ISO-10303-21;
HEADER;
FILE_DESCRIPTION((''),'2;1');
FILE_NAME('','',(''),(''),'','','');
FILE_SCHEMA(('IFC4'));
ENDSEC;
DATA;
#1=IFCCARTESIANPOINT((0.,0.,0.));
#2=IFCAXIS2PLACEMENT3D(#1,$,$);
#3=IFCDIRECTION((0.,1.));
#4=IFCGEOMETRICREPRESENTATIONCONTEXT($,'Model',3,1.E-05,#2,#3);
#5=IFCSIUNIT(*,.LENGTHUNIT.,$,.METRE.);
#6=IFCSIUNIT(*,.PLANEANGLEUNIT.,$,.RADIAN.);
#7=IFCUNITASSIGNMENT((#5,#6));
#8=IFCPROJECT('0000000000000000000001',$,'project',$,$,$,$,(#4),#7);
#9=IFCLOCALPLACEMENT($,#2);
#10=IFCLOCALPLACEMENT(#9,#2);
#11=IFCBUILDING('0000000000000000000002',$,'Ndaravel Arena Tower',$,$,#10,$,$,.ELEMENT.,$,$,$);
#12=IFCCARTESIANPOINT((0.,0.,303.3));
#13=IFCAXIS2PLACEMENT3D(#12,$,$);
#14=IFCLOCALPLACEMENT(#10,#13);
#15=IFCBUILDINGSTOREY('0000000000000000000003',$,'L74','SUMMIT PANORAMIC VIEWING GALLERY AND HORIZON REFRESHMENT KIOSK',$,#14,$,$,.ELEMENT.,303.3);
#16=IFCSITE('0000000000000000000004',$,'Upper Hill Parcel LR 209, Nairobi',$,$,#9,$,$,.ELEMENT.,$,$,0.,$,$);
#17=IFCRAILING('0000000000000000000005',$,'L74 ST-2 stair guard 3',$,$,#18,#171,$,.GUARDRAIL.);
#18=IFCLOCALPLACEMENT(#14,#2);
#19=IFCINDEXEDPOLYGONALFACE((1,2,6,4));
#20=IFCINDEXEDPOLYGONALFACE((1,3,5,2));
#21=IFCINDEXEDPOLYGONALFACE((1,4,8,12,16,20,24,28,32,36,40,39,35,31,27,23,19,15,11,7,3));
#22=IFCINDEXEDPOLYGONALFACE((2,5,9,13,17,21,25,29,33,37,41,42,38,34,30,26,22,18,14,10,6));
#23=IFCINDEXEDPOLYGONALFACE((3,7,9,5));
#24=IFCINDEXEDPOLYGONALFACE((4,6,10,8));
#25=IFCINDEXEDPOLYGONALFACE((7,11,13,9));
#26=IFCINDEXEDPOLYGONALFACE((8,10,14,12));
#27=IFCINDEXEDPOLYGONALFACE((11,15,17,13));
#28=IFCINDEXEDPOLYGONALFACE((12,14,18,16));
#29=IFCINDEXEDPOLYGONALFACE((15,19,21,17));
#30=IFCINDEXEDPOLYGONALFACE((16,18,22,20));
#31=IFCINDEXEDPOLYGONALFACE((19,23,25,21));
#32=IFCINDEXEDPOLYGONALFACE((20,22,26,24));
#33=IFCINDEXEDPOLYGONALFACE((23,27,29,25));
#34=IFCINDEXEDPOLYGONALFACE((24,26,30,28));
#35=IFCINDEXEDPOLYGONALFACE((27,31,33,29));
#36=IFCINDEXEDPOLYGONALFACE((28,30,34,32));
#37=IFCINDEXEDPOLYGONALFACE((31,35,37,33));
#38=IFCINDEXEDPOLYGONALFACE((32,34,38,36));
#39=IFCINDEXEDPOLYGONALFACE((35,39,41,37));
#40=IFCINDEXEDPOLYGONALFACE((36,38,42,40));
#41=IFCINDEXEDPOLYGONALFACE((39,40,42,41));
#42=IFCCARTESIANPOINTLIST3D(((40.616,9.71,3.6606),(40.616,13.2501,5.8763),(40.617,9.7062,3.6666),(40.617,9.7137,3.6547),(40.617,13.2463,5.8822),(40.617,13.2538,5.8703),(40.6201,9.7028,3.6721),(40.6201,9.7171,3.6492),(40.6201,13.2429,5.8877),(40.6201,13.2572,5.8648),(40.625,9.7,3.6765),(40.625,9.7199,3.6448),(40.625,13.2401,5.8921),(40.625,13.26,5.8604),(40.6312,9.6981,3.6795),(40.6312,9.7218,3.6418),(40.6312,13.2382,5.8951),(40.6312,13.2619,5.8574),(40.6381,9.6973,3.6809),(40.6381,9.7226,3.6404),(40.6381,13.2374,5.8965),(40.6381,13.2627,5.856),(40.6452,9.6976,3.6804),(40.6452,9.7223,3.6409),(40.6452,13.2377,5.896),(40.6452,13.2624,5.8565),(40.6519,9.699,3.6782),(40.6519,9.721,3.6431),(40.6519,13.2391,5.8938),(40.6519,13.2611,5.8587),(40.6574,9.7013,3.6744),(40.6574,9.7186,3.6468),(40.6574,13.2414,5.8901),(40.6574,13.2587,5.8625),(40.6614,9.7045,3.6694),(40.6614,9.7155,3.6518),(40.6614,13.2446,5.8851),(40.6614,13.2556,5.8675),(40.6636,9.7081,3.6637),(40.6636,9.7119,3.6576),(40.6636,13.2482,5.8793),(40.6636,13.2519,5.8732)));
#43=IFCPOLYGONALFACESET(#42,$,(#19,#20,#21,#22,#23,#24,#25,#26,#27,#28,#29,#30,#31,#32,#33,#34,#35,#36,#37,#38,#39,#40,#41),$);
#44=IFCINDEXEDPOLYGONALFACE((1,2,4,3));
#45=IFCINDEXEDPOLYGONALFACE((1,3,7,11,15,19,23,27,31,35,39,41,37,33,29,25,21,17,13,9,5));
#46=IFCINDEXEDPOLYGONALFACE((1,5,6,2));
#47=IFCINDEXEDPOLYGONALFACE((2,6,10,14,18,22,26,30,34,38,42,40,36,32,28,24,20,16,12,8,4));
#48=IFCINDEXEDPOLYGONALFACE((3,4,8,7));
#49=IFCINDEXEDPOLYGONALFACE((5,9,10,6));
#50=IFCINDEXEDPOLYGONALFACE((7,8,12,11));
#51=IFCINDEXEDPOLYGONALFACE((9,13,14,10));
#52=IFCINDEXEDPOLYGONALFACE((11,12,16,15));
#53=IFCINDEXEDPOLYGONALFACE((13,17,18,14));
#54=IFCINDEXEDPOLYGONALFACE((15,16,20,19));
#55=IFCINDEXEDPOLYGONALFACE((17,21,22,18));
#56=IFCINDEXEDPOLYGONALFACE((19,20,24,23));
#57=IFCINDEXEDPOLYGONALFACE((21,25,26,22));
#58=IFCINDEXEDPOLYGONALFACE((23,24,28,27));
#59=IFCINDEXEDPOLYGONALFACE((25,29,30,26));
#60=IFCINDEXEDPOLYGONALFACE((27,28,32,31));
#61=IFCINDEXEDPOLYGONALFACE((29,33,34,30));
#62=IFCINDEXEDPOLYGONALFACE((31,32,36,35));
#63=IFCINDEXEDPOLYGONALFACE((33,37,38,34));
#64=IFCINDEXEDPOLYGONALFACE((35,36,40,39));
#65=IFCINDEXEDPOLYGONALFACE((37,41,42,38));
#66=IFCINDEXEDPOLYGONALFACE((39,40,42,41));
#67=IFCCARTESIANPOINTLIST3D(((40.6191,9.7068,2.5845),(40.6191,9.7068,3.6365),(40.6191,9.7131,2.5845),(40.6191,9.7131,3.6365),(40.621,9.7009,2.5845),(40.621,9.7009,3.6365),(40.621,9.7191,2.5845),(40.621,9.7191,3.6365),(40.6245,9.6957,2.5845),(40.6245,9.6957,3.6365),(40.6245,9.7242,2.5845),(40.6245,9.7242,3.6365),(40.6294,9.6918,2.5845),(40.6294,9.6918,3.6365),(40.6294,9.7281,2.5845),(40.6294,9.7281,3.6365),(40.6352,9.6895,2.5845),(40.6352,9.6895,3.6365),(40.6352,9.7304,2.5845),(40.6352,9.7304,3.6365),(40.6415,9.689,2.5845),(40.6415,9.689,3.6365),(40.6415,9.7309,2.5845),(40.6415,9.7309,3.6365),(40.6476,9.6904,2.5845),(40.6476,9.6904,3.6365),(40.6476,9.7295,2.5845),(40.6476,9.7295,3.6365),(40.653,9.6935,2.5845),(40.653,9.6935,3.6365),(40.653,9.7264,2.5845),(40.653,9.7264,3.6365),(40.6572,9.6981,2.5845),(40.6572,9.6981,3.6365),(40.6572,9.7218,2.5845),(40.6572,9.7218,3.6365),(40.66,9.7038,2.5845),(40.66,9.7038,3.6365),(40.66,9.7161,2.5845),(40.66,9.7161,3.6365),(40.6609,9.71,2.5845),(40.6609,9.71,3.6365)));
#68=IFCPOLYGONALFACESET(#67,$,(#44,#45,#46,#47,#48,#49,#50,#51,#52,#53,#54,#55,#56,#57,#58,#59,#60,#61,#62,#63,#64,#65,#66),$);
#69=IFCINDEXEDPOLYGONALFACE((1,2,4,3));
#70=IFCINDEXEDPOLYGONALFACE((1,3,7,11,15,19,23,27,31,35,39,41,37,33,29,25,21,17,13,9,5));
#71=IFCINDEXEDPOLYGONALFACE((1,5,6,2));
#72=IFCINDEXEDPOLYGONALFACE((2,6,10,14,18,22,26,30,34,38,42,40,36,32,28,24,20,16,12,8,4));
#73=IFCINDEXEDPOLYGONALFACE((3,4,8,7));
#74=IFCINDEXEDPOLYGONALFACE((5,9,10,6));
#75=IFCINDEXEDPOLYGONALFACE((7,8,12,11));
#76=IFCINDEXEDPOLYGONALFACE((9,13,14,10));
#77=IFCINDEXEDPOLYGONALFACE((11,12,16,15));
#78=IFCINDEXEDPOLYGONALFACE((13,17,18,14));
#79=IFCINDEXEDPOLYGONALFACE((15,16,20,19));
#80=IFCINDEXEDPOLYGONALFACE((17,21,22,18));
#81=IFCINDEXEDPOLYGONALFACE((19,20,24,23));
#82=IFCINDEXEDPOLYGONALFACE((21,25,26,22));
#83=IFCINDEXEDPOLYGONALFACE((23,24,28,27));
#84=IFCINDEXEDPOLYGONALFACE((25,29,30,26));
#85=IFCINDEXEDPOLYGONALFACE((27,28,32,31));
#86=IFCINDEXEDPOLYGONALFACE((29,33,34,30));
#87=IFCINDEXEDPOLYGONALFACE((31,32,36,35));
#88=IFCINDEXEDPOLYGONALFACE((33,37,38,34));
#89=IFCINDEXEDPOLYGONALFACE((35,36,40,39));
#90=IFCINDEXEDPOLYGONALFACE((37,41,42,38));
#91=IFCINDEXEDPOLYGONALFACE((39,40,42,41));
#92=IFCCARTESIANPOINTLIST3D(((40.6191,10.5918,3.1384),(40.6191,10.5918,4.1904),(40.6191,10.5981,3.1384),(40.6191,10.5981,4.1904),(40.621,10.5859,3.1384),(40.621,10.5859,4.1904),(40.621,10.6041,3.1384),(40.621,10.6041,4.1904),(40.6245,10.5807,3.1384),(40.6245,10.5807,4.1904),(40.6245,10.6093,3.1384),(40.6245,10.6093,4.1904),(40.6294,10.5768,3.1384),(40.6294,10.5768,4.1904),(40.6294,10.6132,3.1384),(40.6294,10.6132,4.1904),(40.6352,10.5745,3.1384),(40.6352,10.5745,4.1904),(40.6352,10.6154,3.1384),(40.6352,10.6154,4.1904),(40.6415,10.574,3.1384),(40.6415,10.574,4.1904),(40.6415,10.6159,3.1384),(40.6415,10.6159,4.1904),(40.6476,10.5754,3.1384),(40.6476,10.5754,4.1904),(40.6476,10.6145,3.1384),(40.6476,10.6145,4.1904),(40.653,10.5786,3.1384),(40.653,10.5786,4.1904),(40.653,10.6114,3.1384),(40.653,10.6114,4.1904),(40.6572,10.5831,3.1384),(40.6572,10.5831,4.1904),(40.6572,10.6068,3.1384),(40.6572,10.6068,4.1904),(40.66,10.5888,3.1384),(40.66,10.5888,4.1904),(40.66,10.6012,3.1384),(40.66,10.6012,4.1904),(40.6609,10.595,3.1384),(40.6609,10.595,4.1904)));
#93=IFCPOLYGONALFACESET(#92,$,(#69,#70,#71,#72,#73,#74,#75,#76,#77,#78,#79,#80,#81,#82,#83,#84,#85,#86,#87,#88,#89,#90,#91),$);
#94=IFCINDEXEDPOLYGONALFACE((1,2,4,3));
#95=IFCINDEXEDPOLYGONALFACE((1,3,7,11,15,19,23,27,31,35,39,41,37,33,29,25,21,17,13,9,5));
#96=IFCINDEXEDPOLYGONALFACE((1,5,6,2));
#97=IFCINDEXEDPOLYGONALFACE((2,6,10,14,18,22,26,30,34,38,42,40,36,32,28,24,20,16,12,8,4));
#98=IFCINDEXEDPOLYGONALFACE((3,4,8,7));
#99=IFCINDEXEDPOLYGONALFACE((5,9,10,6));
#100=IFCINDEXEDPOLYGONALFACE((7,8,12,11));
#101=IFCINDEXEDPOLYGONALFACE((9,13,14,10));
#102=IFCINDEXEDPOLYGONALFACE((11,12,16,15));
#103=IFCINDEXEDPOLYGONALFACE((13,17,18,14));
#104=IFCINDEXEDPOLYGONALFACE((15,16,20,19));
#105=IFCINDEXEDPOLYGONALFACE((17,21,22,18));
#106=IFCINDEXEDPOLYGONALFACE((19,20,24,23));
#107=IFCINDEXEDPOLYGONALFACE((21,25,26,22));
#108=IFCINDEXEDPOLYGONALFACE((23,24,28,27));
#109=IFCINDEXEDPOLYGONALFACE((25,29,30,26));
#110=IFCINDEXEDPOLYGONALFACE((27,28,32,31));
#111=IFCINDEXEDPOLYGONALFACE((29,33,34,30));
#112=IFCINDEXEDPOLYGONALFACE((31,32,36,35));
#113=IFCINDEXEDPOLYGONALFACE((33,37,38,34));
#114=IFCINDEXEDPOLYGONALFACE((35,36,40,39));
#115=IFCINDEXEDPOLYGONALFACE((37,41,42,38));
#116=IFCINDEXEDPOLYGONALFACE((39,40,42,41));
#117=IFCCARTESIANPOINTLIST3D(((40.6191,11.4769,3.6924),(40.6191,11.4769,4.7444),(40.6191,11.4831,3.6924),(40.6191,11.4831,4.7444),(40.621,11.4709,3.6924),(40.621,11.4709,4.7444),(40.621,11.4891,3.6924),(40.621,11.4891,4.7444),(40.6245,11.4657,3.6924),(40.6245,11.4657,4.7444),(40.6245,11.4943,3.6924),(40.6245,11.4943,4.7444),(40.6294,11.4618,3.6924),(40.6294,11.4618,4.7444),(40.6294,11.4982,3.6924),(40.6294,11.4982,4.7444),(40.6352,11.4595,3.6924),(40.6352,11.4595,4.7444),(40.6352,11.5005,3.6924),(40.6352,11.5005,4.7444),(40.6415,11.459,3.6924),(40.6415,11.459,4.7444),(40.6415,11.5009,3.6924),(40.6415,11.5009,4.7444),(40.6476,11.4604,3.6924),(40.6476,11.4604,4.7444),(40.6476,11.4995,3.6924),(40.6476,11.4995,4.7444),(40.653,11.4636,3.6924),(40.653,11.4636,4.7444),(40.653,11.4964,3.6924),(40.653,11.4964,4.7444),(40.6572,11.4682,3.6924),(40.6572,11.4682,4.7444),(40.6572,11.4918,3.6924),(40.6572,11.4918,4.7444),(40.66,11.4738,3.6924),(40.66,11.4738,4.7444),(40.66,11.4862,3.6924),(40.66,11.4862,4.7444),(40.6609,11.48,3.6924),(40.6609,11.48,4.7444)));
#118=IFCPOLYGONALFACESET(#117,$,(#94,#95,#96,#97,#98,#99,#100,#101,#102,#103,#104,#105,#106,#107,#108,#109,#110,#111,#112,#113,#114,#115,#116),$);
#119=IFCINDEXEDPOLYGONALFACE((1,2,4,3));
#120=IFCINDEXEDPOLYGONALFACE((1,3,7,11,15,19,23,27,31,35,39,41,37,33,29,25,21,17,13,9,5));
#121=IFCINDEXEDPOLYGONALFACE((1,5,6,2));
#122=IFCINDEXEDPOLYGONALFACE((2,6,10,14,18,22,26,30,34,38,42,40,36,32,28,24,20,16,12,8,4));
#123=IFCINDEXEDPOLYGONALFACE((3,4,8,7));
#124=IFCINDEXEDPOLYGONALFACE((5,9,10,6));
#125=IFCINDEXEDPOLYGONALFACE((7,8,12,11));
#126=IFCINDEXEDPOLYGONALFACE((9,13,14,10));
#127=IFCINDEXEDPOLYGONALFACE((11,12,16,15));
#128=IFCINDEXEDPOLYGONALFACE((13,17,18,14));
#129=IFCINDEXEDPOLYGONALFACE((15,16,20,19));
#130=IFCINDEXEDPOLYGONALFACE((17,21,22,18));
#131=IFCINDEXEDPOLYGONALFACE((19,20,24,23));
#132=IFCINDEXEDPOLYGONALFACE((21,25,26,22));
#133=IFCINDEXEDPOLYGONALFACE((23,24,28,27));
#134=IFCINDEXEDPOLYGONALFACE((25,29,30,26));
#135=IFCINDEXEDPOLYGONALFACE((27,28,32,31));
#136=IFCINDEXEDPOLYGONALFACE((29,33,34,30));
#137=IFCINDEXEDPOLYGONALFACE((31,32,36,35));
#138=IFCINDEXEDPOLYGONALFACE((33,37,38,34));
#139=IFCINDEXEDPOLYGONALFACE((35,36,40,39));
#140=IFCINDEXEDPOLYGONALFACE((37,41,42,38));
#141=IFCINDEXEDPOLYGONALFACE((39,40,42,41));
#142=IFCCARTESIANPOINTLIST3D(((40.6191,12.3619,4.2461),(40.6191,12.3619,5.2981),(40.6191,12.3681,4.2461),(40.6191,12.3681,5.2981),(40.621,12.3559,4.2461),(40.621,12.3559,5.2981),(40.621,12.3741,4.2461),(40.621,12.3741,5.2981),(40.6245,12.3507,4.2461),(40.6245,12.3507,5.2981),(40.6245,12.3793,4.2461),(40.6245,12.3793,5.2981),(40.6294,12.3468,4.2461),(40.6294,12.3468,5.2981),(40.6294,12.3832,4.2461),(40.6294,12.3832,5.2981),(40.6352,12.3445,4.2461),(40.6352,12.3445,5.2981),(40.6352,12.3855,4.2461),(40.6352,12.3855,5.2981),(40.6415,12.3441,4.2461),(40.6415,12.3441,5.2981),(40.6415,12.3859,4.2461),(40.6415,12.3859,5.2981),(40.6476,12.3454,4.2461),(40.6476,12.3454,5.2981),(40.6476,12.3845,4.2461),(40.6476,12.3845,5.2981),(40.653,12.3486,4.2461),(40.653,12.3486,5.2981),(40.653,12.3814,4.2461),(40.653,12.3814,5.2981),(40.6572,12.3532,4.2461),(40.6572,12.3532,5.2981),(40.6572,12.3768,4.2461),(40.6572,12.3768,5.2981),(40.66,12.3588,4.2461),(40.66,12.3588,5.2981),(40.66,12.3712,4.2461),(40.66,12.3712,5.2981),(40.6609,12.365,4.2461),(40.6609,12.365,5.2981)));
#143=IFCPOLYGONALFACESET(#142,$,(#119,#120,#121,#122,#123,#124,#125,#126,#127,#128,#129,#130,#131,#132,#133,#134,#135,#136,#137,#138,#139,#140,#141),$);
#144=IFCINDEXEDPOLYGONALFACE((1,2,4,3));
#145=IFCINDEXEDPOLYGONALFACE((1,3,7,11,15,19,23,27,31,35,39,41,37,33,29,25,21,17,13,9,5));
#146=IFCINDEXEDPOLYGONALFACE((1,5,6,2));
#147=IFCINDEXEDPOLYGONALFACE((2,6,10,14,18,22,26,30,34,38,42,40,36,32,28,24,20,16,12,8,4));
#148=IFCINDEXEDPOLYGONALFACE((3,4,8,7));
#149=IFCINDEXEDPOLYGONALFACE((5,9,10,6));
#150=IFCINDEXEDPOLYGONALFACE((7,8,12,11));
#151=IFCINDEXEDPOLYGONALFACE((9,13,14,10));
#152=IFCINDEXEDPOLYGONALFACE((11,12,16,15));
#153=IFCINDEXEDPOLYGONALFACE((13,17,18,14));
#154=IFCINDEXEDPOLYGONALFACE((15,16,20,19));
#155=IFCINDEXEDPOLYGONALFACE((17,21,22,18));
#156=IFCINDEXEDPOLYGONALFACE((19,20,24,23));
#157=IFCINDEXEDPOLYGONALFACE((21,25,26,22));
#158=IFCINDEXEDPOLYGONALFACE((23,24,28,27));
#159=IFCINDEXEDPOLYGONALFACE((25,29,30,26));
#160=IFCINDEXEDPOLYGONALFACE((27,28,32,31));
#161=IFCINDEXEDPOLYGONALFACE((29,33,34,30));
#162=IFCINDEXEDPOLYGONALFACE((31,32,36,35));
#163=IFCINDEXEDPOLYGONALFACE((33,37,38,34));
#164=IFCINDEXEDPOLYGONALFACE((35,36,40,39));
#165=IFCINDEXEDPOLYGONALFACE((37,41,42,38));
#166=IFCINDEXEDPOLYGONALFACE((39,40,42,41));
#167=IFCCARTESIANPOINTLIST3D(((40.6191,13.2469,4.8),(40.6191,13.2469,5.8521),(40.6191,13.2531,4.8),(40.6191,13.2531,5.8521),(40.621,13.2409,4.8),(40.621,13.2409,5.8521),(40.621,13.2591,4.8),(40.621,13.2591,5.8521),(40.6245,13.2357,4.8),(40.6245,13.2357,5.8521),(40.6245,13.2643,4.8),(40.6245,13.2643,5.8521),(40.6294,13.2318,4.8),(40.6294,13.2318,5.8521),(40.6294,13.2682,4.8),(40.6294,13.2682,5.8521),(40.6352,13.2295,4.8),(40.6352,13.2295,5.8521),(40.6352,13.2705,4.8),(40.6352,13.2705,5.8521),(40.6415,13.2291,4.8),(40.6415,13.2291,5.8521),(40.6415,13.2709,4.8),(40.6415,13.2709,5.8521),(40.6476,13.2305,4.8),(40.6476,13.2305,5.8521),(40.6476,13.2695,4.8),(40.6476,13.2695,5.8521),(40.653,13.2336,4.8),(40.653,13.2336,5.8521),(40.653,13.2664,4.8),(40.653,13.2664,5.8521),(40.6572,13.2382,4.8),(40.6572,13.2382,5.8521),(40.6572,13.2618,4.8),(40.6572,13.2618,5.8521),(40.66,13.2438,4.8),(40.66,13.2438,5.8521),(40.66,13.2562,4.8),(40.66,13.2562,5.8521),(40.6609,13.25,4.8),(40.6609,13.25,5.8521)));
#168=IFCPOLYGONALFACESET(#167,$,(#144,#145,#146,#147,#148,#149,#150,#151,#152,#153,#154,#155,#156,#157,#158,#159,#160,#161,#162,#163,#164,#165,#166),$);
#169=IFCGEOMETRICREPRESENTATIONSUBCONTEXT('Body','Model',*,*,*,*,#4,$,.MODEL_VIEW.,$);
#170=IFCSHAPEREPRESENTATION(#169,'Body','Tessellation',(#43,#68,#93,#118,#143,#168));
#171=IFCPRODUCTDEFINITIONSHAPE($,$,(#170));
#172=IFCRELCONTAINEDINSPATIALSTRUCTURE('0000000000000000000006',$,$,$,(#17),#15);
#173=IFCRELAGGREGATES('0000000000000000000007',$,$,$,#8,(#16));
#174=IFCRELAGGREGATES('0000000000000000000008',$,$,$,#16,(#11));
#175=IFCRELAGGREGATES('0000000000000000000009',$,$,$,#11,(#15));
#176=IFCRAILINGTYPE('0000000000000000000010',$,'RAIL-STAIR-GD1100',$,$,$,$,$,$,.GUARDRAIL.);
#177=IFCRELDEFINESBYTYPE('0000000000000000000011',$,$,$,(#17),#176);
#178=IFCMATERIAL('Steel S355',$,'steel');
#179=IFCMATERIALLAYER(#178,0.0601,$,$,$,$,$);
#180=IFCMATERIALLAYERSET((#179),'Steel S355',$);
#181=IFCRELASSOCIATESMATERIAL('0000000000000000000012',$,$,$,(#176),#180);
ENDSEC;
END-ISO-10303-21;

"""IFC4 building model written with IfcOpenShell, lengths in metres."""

from ifc_helpers import new_model, si_unit, direction, frame, origin, origin_2d, place, context, subcontext, project, spatial, circle, extrude, material, layer, layer_set, type_object, element, save


model = new_model("IFC4")

# Units and contexts
model_context = context("Model", 3, precision=1e-05, world=origin(), true_north=direction((0.0, 1.0)))
body_context = subcontext(model_context, "Body", "Model", "MODEL_VIEW")
ifc_project = project(units=[si_unit("LENGTHUNIT", "METRE"), si_unit("PLANEANGLEUNIT", "RADIAN")], contexts=[model_context])

# Site, building, storey
site_placement = place(None, origin())
site = spatial("IfcSite", under=ifc_project, at=site_placement, Name="Upper Hill Parcel LR 209, Nairobi", CompositionType="ELEMENT", RefElevation=0.0)
building_placement = place(site_placement, origin())
building = spatial("IfcBuilding", under=site, at=building_placement, Name="Ndaravel Arena Tower", CompositionType="ELEMENT")
storey_placement = place(building_placement, frame((0.0, 0.0, 303.3)))
storey = spatial("IfcBuildingStorey", under=building, at=storey_placement, Name="L74", Description="SUMMIT PANORAMIC VIEWING GALLERY AND HORIZON REFRESHMENT KIOSK", CompositionType="ELEMENT", Elevation=303.3)

# Railing
ifc_material_1 = material(Name="Steel S355", Category="steel")
ifc_layer_1 = layer(ifc_material_1, 0.0601)
ifc_layer_set_1 = layer_set([ifc_layer_1], Name="Steel S355")
railing_type_1 = type_object("IfcRailingType", Name="RAIL-STAIR-GD1100", PredefinedType="GUARDRAIL", material=ifc_layer_set_1)
railing_1_placement = place(storey_placement, frame((40.6399, 9.71, 2.5845)))
element("IfcRailing", 1, at=railing_1_placement, inside=storey, type_object=railing_type_1, Name="L74 ST-2 stair guard 3", PredefinedType="GUARDRAIL", context=body_context, shape_type="SweptSolid", body=[
    extrude(circle(Radius=0.0239, at=origin_2d()), frame((0.0, 0.0, 1.0762), z_axis=(0.0, 0.84767, 0.530524), x_axis=(-1.0, 0.0, 0.0)), (0.0, 0.0, 1.0), 4.1763),
    extrude(circle(Radius=0.021, at=origin_2d()), origin(), (0.0, 0.0, 1.0), 1.052),
    extrude(circle(Radius=0.021, at=origin_2d()), frame((0.0, 0.885, 0.554)), (0.0, 0.0, 1.0), 1.052),
    extrude(circle(Radius=0.021, at=origin_2d()), frame((0.0, 1.77, 1.1079)), (0.0, 0.0, 1.0), 1.052),
    extrude(circle(Radius=0.021, at=origin_2d()), frame((0.0, 2.655, 1.6616)), (0.0, 0.0, 1.0), 1.052),
    extrude(circle(Radius=0.021, at=origin_2d()), frame((0.0, 3.54, 2.2156)), (0.0, 0.0, 1.0), 1.052),
])

save(model, "model.ifc")
